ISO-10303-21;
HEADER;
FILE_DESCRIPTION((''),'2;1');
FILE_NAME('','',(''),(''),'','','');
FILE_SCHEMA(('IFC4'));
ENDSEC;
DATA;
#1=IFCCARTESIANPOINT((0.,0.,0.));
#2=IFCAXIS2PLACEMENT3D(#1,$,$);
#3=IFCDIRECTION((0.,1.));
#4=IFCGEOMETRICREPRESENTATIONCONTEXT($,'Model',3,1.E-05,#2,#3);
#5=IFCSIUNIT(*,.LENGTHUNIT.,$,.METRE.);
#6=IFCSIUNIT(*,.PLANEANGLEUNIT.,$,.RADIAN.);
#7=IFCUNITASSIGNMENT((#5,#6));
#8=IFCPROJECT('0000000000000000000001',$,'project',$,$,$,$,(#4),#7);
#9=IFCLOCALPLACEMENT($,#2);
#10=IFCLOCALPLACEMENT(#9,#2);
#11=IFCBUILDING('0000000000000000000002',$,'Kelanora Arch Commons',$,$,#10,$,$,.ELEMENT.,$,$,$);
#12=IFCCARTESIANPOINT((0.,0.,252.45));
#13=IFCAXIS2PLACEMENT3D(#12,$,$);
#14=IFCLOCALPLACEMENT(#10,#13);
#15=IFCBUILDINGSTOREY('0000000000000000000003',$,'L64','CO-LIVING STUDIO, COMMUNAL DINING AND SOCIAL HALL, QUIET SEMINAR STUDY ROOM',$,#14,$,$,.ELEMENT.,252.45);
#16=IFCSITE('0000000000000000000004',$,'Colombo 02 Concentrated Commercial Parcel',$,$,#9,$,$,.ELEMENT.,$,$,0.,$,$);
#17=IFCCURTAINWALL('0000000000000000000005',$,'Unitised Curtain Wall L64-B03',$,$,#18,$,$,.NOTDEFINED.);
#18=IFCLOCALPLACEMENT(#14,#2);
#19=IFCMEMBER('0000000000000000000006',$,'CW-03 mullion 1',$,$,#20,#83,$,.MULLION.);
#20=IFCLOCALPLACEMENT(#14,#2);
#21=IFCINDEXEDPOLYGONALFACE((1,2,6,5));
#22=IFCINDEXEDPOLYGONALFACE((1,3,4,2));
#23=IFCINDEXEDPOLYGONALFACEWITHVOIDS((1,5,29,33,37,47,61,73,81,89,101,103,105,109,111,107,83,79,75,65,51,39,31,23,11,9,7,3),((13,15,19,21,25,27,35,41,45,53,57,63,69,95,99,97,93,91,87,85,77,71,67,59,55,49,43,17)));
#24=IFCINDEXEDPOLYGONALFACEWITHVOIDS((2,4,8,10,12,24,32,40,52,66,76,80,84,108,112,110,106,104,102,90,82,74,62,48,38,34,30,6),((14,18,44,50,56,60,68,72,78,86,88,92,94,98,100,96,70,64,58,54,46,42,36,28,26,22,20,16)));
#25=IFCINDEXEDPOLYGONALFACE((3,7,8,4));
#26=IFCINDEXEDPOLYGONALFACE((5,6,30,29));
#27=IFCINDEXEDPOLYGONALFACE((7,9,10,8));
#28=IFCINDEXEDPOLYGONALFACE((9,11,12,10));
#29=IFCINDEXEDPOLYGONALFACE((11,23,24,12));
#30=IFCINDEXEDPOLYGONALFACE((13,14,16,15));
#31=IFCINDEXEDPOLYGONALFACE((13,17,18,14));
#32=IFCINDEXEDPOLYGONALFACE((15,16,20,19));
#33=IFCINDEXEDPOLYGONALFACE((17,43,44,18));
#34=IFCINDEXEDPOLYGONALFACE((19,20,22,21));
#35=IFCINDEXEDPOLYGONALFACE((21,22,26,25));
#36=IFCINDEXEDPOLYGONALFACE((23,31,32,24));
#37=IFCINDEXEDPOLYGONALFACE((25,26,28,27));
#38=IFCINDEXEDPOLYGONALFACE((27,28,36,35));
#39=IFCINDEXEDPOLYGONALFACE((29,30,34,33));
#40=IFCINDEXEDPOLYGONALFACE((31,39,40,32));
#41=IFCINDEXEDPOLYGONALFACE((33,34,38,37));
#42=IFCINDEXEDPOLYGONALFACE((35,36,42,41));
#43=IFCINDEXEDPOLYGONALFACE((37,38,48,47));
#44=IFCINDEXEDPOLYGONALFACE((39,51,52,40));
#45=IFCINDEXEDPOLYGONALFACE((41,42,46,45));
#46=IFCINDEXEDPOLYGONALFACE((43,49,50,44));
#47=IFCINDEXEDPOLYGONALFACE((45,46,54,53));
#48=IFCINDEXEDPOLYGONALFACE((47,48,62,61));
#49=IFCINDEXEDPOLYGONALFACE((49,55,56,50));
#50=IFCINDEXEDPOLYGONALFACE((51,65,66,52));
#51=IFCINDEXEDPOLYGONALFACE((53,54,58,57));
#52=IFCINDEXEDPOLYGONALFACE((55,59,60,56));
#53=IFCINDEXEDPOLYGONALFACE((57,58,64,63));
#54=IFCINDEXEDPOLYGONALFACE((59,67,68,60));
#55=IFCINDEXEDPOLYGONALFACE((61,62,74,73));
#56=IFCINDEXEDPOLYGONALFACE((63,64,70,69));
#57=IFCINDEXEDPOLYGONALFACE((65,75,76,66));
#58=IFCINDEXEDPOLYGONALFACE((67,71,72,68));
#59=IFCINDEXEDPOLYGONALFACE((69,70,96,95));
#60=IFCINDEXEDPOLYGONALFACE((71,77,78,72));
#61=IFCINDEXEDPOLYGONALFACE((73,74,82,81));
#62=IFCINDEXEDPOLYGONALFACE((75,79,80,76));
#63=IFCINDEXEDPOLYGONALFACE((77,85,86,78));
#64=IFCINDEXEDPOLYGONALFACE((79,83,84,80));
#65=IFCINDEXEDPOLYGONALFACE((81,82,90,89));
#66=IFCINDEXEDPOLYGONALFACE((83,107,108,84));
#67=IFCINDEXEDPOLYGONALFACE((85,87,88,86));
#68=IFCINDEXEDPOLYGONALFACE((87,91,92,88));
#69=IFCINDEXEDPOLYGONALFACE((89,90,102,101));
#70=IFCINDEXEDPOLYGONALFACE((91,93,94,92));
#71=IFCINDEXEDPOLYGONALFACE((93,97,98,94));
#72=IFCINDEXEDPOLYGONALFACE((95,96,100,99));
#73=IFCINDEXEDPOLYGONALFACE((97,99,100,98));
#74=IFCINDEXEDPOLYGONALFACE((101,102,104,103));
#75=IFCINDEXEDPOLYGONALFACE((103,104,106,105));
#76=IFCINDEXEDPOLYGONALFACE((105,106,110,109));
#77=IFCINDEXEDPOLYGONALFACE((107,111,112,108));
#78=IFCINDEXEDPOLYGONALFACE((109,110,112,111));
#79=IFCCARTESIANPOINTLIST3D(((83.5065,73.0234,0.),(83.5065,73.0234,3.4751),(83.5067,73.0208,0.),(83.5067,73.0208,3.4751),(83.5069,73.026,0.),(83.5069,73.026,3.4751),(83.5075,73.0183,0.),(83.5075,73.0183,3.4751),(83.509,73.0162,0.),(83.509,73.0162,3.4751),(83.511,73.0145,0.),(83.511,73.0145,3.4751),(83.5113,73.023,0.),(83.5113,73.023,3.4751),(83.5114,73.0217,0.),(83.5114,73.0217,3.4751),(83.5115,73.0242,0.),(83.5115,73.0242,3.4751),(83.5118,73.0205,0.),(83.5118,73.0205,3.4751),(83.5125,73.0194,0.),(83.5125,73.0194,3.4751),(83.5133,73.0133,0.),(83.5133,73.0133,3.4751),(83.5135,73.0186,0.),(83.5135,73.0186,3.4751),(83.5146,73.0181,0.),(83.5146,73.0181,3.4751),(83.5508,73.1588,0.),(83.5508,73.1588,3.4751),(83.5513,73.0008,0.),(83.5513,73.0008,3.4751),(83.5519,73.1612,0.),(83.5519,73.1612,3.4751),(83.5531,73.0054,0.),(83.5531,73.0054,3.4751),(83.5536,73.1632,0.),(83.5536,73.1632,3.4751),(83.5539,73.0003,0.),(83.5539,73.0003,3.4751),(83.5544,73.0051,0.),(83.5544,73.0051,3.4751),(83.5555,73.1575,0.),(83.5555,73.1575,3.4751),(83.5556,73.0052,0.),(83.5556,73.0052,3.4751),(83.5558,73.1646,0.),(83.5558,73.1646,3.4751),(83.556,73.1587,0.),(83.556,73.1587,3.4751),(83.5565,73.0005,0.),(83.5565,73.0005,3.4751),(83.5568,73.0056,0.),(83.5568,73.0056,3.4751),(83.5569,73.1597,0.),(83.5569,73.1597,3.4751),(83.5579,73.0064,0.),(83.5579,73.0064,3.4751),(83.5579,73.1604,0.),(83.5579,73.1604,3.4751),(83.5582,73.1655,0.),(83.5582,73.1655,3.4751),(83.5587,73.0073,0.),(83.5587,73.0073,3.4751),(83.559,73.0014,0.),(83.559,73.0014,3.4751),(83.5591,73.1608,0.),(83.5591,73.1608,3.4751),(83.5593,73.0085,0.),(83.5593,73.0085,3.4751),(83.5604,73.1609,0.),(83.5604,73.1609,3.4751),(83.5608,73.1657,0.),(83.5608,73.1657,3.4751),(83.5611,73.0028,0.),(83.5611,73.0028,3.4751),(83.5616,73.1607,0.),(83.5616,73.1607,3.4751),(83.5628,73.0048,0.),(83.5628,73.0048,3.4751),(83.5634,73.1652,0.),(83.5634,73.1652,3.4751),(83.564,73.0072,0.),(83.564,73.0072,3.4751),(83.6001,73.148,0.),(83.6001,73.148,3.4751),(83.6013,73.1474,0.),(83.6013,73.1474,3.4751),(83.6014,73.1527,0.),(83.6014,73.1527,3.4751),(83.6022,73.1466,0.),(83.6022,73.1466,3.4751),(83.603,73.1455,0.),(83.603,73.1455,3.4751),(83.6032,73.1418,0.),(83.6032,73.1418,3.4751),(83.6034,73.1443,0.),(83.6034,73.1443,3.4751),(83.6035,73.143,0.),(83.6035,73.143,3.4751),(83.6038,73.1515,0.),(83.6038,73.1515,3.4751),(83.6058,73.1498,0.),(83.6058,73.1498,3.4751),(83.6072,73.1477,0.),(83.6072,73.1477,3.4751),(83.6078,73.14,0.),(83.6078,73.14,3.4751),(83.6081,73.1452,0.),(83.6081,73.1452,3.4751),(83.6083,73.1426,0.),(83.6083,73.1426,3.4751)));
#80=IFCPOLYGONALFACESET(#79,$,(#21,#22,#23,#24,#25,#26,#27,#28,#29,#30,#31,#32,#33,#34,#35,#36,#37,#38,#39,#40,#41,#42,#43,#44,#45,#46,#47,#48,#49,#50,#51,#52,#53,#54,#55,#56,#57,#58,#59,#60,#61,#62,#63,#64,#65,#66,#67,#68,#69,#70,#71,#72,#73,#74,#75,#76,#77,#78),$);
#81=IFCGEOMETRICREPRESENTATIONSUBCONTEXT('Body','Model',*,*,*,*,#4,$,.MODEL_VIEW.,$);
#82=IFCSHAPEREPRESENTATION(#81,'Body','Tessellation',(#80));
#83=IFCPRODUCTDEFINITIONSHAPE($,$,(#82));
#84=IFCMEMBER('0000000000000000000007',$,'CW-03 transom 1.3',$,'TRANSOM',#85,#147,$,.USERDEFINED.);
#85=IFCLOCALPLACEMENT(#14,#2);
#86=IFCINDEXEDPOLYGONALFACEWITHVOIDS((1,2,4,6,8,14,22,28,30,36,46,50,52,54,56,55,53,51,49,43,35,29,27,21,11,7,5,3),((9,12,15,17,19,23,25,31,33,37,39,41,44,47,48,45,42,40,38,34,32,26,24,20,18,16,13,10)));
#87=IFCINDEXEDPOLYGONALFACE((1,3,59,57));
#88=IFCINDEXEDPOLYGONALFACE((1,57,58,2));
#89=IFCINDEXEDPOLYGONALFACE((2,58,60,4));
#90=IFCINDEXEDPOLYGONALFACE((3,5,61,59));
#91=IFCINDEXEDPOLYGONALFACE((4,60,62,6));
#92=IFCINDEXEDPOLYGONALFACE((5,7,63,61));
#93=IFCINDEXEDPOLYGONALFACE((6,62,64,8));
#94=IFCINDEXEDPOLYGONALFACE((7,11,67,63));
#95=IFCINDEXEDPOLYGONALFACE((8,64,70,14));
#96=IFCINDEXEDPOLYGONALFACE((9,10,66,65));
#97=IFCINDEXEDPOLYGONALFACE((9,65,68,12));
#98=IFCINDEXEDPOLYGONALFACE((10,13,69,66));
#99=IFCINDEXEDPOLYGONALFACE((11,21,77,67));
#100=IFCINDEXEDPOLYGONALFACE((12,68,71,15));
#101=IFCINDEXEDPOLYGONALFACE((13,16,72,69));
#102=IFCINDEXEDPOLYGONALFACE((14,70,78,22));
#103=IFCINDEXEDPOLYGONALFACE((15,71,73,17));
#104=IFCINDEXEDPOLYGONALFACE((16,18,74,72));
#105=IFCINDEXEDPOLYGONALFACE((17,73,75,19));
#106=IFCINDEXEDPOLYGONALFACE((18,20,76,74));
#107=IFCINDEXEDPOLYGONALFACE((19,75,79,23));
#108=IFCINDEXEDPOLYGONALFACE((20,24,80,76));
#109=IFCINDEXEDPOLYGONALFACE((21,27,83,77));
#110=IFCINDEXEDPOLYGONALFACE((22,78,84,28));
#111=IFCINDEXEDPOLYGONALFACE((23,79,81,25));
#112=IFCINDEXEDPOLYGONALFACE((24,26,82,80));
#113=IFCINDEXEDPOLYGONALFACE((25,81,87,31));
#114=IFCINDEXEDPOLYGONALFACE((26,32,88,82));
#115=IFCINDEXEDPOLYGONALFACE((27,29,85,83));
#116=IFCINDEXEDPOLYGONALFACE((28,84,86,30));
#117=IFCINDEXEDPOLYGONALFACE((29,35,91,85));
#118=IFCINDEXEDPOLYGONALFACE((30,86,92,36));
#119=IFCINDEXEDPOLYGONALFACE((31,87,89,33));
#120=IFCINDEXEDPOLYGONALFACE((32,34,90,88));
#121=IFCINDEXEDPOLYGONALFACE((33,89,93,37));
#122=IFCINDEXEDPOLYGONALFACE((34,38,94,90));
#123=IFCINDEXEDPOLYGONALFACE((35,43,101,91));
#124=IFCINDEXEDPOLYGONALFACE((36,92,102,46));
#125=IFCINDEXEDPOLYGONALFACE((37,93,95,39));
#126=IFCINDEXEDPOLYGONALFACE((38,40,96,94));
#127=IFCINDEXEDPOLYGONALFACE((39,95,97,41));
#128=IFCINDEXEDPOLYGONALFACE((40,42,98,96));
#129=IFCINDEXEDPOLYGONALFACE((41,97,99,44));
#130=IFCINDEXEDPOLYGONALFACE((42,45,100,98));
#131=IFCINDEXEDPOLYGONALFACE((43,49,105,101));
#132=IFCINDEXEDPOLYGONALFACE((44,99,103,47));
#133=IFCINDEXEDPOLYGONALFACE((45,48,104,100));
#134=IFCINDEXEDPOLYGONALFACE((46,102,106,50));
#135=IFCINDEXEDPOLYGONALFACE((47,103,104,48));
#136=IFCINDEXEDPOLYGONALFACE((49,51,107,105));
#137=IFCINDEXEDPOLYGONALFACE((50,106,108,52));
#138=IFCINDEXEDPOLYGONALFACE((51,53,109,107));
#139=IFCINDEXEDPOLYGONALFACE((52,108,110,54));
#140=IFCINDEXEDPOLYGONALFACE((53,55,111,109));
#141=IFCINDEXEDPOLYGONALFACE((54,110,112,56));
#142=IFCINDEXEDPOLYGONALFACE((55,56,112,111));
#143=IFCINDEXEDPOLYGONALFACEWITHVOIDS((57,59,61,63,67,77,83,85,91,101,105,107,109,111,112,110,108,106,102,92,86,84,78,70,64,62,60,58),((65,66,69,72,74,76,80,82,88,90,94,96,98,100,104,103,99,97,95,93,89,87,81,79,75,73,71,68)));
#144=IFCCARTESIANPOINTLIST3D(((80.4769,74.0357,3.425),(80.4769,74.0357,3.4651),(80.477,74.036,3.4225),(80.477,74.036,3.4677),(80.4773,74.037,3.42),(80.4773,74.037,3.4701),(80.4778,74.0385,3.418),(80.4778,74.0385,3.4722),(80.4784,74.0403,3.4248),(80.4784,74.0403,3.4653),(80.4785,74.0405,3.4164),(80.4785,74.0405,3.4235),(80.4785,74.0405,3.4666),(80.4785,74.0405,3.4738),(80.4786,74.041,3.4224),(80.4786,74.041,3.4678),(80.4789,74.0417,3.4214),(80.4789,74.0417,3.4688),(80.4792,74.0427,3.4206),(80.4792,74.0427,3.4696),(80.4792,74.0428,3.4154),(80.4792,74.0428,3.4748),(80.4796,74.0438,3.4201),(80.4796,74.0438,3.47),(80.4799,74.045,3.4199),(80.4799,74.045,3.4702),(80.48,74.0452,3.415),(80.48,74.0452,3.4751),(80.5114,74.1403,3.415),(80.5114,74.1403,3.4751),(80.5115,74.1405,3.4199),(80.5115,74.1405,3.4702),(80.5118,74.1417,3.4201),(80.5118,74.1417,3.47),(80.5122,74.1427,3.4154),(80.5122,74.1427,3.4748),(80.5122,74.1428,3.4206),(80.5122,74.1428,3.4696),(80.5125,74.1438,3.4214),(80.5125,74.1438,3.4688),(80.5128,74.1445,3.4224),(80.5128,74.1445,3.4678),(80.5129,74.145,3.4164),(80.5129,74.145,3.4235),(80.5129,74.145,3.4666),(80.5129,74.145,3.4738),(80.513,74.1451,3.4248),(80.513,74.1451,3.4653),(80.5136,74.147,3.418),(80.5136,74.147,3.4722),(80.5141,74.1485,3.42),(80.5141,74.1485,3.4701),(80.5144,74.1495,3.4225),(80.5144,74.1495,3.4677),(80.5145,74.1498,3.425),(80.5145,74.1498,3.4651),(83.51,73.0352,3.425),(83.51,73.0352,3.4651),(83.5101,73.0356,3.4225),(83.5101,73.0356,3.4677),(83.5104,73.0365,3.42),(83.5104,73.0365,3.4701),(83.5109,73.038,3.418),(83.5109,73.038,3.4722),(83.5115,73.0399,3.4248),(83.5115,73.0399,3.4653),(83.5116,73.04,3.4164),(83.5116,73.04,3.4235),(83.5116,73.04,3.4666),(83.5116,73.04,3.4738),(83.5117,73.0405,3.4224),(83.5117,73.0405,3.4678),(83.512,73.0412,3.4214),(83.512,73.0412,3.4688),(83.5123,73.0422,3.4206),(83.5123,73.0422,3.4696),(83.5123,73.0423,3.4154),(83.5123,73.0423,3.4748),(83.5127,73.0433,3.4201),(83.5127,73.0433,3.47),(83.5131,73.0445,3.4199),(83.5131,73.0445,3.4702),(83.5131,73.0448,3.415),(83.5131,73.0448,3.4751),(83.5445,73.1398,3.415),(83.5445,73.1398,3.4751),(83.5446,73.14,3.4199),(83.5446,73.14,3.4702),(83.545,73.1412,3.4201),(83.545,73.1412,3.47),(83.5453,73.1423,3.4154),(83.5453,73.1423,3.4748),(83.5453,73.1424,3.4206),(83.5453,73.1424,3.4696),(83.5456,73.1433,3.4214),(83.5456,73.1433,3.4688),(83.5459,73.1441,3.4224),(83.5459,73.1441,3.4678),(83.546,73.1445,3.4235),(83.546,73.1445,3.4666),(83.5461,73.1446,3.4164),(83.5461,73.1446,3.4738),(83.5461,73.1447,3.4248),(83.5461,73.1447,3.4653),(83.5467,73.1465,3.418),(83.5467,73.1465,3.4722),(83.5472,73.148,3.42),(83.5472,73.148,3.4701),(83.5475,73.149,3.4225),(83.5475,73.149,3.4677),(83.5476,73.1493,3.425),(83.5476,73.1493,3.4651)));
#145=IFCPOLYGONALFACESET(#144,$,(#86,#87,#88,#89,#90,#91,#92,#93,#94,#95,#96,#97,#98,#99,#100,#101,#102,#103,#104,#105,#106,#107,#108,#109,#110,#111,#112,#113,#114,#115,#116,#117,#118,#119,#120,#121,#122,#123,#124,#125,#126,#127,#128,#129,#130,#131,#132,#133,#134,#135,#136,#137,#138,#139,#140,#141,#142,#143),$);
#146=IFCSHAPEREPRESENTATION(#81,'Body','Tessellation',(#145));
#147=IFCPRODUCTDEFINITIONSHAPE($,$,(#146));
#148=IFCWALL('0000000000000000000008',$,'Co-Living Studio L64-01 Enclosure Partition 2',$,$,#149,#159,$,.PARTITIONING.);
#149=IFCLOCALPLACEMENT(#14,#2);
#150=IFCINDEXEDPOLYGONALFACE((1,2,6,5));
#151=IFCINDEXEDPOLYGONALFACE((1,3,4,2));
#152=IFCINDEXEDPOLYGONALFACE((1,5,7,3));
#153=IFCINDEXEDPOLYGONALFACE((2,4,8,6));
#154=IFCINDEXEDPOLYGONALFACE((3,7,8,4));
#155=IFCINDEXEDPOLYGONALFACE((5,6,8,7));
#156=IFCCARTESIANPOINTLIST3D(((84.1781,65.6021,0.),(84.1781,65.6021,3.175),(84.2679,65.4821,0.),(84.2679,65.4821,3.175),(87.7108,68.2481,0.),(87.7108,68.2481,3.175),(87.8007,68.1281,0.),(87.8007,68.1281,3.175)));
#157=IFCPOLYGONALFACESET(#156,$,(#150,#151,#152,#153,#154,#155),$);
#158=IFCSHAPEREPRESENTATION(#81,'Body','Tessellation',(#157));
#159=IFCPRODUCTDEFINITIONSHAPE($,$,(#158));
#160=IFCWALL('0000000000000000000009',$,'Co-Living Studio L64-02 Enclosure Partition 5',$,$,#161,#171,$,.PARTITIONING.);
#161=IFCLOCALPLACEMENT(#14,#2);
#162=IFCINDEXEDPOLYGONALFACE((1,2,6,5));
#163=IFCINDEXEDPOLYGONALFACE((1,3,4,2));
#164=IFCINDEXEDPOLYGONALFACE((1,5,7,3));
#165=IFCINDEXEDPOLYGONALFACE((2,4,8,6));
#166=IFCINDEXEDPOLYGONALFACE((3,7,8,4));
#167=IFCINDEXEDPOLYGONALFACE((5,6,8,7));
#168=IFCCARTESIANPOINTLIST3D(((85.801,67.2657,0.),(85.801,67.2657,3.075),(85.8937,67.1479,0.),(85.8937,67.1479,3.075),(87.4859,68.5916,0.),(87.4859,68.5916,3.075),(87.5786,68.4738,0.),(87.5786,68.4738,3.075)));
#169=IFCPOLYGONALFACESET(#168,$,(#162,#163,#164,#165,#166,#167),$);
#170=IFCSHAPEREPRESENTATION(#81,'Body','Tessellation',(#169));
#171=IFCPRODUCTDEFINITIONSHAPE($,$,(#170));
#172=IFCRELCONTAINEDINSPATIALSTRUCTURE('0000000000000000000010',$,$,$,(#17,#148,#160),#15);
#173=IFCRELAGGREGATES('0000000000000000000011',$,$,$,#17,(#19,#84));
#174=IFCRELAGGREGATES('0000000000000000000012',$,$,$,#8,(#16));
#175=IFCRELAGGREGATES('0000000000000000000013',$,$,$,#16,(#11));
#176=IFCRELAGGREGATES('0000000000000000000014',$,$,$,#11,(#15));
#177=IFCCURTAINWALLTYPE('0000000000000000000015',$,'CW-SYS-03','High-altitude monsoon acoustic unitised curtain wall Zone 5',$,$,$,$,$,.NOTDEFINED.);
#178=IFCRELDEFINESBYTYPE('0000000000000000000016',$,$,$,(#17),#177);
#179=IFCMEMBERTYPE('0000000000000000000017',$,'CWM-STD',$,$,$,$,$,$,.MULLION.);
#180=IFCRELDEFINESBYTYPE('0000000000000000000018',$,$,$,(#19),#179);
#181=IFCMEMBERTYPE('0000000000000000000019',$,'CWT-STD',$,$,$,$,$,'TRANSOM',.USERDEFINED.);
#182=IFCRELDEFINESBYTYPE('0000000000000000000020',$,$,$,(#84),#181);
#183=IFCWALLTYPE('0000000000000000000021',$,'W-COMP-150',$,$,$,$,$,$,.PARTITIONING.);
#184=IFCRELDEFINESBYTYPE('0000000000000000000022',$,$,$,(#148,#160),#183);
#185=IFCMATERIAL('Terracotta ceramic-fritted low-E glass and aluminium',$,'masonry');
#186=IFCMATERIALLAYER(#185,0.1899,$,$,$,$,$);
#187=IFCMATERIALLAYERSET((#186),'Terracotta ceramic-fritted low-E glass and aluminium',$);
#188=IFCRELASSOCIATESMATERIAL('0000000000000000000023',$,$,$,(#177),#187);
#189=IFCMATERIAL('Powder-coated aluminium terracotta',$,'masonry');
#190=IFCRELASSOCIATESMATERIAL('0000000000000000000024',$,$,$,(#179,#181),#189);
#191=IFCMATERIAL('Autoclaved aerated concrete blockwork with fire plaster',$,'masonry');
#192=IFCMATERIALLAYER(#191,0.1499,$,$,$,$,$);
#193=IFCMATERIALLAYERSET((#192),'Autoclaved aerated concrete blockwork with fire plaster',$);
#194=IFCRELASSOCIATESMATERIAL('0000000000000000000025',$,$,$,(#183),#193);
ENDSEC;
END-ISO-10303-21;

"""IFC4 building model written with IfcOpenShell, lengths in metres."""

from ifc_helpers import new_model, si_unit, direction, frame, frame_2d, origin, origin_2d, place, context, subcontext, project, spatial, rectangle, hollow_rectangle, extrude, material, layer, layer_set, material_profile, profile_set, type_object, element, aggregate, save


model = new_model("IFC4")

# Units and contexts
model_context = context("Model", 3, precision=1e-05, world=origin(), true_north=direction((0.0, 1.0)))
body_context = subcontext(model_context, "Body", "Model", "MODEL_VIEW")
ifc_project = project(units=[si_unit("LENGTHUNIT", "METRE"), si_unit("PLANEANGLEUNIT", "RADIAN")], contexts=[model_context])

# Site, building, storey
site_placement = place(None, origin())
site = spatial("IfcSite", under=ifc_project, at=site_placement, Name="Colombo 02 Concentrated Commercial Parcel", CompositionType="ELEMENT", RefElevation=0.0)
building_placement = place(site_placement, origin())
building = spatial("IfcBuilding", under=site, at=building_placement, Name="Kelanora Arch Commons", CompositionType="ELEMENT")
storey_placement = place(building_placement, frame((0.0, 0.0, 252.45)))
storey = spatial("IfcBuildingStorey", under=building, at=storey_placement, Name="L64", Description="CO-LIVING STUDIO, COMMUNAL DINING AND SOCIAL HALL, QUIET SEMINAR STUDY ROOM", CompositionType="ELEMENT", Elevation=252.45)

# Shared definitions
ifc_material_1 = material(Name="Terracotta ceramic-fritted low-E glass and aluminium", Category="masonry")
ifc_layer_1 = layer(ifc_material_1, 0.1899)
ifc_layer_set_1 = layer_set([ifc_layer_1], Name="Terracotta ceramic-fritted low-E glass and aluminium")
curtain_wall_type = type_object("IfcCurtainWallType", Name="CW-SYS-03", Description="High-altitude monsoon acoustic unitised curtain wall Zone 5", PredefinedType="NOTDEFINED", material=ifc_layer_set_1)
ifc_material_2 = material(Name="Powder-coated aluminium terracotta", Category="masonry")
ifc_material_profile_1 = material_profile(ifc_material_2, hollow_rectangle(XDim=0.1599, YDim=0.0601, WallThickness=0.0049, InnerFilletRadius=0.0049, OuterFilletRadius=0.01, at=origin_2d()), Name="CWM160x60")
ifc_profile_set_1 = profile_set([ifc_material_profile_1], Name="Powder-coated aluminium terracotta")
member_type_1 = type_object("IfcMemberType", Name="CWM-STD", PredefinedType="MULLION", material=ifc_profile_set_1)

# Curtain wall, members
curtain_wall_1_placement = place(storey_placement, origin())
curtain_wall_1 = element("IfcCurtainWall", 1, at=curtain_wall_1_placement, inside=storey, type_object=curtain_wall_type, Name="Unitised Curtain Wall L64-B03", PredefinedType="NOTDEFINED")
member_1_placement = place(storey_placement, frame((83.5574, 73.083, 0.0), z_axis=(0.0, 0.0, 1.0), x_axis=(-0.313253, -0.94967, 0.0)))
member_1 = element("IfcMember", 2, at=member_1_placement, type_object=member_type_1, Name="CW-03 mullion 1", PredefinedType="MULLION", context=body_context, shape_type="SweptSolid", body=[
    extrude(hollow_rectangle(XDim=0.1599, YDim=0.0601, WallThickness=0.0049, InnerFilletRadius=0.0049, OuterFilletRadius=0.01, at=origin_2d()), origin(), (0.0, 0.0, 1.0), 3.4751),
])
ifc_material_profile_2 = material_profile(ifc_material_2, hollow_rectangle(XDim=0.1201, YDim=0.0601, WallThickness=0.0049, InnerFilletRadius=0.0049, OuterFilletRadius=0.01, at=origin_2d()), Name="CWT120x60")
ifc_profile_set_2 = profile_set([ifc_material_profile_2], Name="Powder-coated aluminium terracotta")
member_type_2 = type_object("IfcMemberType", Name="CWT-STD", ElementType="TRANSOM", PredefinedType="USERDEFINED", material=ifc_profile_set_2)
member_2_placement = place(storey_placement, frame((83.5288, 73.0923, 3.4451), z_axis=(-0.949672, 0.313245, 0.0), x_axis=(-0.313245, -0.949672, 0.0)))
member_2 = element("IfcMember", 3, at=member_2_placement, type_object=member_type_2, Name="CW-03 transom 1.3", ObjectType="TRANSOM", PredefinedType="USERDEFINED", context=body_context, shape_type="SweptSolid", body=[
    extrude(hollow_rectangle(XDim=0.1201, YDim=0.0601, WallThickness=0.0049, InnerFilletRadius=0.0049, OuterFilletRadius=0.01, at=origin_2d()), origin(), (0.0, 0.0, 1.0), 3.1938),
])
aggregate(curtain_wall_1, [member_1, member_2])

# Walls
ifc_material_3 = material(Name="Autoclaved aerated concrete blockwork with fire plaster", Category="masonry")
ifc_layer_2 = layer(ifc_material_3, 0.1499)
ifc_layer_set_2 = layer_set([ifc_layer_2], Name="Autoclaved aerated concrete blockwork with fire plaster")
wall_type_1 = type_object("IfcWallType", Name="W-COMP-150", PredefinedType="PARTITIONING", material=ifc_layer_set_2)
wall_1_placement = place(storey_placement, frame((84.2229, 65.542, 0.0), z_axis=(0.0, 0.0, 1.0), x_axis=(0.800385, 0.599487, 0.0)))
element("IfcWall", 4, at=wall_1_placement, inside=storey, type_object=wall_type_1, Name="Co-Living Studio L64-01 Enclosure Partition 2", PredefinedType="PARTITIONING", context=body_context, shape_type="SweptSolid", body=[
    extrude(rectangle(XDim=4.4138, YDim=0.1499, at=frame_2d((2.207, 0.0))), origin(), (0.0, 0.0, 1.0), 3.175),
])
wall_2_placement = place(storey_placement, frame((87.5322, 68.5327, 0.0), z_axis=(0.0, 0.0, 1.0), x_axis=(-0.785832, -0.61844, 0.0)))
element("IfcWall", 5, at=wall_2_placement, inside=storey, type_object=wall_type_1, Name="Co-Living Studio L64-02 Enclosure Partition 5", PredefinedType="PARTITIONING", context=body_context, shape_type="SweptSolid", body=[
    extrude(rectangle(XDim=2.144, YDim=0.1499, at=frame_2d((1.072, 0.0))), origin(), (0.0, 0.0, 1.0), 3.075),
])

save(model, "model.ifc")
